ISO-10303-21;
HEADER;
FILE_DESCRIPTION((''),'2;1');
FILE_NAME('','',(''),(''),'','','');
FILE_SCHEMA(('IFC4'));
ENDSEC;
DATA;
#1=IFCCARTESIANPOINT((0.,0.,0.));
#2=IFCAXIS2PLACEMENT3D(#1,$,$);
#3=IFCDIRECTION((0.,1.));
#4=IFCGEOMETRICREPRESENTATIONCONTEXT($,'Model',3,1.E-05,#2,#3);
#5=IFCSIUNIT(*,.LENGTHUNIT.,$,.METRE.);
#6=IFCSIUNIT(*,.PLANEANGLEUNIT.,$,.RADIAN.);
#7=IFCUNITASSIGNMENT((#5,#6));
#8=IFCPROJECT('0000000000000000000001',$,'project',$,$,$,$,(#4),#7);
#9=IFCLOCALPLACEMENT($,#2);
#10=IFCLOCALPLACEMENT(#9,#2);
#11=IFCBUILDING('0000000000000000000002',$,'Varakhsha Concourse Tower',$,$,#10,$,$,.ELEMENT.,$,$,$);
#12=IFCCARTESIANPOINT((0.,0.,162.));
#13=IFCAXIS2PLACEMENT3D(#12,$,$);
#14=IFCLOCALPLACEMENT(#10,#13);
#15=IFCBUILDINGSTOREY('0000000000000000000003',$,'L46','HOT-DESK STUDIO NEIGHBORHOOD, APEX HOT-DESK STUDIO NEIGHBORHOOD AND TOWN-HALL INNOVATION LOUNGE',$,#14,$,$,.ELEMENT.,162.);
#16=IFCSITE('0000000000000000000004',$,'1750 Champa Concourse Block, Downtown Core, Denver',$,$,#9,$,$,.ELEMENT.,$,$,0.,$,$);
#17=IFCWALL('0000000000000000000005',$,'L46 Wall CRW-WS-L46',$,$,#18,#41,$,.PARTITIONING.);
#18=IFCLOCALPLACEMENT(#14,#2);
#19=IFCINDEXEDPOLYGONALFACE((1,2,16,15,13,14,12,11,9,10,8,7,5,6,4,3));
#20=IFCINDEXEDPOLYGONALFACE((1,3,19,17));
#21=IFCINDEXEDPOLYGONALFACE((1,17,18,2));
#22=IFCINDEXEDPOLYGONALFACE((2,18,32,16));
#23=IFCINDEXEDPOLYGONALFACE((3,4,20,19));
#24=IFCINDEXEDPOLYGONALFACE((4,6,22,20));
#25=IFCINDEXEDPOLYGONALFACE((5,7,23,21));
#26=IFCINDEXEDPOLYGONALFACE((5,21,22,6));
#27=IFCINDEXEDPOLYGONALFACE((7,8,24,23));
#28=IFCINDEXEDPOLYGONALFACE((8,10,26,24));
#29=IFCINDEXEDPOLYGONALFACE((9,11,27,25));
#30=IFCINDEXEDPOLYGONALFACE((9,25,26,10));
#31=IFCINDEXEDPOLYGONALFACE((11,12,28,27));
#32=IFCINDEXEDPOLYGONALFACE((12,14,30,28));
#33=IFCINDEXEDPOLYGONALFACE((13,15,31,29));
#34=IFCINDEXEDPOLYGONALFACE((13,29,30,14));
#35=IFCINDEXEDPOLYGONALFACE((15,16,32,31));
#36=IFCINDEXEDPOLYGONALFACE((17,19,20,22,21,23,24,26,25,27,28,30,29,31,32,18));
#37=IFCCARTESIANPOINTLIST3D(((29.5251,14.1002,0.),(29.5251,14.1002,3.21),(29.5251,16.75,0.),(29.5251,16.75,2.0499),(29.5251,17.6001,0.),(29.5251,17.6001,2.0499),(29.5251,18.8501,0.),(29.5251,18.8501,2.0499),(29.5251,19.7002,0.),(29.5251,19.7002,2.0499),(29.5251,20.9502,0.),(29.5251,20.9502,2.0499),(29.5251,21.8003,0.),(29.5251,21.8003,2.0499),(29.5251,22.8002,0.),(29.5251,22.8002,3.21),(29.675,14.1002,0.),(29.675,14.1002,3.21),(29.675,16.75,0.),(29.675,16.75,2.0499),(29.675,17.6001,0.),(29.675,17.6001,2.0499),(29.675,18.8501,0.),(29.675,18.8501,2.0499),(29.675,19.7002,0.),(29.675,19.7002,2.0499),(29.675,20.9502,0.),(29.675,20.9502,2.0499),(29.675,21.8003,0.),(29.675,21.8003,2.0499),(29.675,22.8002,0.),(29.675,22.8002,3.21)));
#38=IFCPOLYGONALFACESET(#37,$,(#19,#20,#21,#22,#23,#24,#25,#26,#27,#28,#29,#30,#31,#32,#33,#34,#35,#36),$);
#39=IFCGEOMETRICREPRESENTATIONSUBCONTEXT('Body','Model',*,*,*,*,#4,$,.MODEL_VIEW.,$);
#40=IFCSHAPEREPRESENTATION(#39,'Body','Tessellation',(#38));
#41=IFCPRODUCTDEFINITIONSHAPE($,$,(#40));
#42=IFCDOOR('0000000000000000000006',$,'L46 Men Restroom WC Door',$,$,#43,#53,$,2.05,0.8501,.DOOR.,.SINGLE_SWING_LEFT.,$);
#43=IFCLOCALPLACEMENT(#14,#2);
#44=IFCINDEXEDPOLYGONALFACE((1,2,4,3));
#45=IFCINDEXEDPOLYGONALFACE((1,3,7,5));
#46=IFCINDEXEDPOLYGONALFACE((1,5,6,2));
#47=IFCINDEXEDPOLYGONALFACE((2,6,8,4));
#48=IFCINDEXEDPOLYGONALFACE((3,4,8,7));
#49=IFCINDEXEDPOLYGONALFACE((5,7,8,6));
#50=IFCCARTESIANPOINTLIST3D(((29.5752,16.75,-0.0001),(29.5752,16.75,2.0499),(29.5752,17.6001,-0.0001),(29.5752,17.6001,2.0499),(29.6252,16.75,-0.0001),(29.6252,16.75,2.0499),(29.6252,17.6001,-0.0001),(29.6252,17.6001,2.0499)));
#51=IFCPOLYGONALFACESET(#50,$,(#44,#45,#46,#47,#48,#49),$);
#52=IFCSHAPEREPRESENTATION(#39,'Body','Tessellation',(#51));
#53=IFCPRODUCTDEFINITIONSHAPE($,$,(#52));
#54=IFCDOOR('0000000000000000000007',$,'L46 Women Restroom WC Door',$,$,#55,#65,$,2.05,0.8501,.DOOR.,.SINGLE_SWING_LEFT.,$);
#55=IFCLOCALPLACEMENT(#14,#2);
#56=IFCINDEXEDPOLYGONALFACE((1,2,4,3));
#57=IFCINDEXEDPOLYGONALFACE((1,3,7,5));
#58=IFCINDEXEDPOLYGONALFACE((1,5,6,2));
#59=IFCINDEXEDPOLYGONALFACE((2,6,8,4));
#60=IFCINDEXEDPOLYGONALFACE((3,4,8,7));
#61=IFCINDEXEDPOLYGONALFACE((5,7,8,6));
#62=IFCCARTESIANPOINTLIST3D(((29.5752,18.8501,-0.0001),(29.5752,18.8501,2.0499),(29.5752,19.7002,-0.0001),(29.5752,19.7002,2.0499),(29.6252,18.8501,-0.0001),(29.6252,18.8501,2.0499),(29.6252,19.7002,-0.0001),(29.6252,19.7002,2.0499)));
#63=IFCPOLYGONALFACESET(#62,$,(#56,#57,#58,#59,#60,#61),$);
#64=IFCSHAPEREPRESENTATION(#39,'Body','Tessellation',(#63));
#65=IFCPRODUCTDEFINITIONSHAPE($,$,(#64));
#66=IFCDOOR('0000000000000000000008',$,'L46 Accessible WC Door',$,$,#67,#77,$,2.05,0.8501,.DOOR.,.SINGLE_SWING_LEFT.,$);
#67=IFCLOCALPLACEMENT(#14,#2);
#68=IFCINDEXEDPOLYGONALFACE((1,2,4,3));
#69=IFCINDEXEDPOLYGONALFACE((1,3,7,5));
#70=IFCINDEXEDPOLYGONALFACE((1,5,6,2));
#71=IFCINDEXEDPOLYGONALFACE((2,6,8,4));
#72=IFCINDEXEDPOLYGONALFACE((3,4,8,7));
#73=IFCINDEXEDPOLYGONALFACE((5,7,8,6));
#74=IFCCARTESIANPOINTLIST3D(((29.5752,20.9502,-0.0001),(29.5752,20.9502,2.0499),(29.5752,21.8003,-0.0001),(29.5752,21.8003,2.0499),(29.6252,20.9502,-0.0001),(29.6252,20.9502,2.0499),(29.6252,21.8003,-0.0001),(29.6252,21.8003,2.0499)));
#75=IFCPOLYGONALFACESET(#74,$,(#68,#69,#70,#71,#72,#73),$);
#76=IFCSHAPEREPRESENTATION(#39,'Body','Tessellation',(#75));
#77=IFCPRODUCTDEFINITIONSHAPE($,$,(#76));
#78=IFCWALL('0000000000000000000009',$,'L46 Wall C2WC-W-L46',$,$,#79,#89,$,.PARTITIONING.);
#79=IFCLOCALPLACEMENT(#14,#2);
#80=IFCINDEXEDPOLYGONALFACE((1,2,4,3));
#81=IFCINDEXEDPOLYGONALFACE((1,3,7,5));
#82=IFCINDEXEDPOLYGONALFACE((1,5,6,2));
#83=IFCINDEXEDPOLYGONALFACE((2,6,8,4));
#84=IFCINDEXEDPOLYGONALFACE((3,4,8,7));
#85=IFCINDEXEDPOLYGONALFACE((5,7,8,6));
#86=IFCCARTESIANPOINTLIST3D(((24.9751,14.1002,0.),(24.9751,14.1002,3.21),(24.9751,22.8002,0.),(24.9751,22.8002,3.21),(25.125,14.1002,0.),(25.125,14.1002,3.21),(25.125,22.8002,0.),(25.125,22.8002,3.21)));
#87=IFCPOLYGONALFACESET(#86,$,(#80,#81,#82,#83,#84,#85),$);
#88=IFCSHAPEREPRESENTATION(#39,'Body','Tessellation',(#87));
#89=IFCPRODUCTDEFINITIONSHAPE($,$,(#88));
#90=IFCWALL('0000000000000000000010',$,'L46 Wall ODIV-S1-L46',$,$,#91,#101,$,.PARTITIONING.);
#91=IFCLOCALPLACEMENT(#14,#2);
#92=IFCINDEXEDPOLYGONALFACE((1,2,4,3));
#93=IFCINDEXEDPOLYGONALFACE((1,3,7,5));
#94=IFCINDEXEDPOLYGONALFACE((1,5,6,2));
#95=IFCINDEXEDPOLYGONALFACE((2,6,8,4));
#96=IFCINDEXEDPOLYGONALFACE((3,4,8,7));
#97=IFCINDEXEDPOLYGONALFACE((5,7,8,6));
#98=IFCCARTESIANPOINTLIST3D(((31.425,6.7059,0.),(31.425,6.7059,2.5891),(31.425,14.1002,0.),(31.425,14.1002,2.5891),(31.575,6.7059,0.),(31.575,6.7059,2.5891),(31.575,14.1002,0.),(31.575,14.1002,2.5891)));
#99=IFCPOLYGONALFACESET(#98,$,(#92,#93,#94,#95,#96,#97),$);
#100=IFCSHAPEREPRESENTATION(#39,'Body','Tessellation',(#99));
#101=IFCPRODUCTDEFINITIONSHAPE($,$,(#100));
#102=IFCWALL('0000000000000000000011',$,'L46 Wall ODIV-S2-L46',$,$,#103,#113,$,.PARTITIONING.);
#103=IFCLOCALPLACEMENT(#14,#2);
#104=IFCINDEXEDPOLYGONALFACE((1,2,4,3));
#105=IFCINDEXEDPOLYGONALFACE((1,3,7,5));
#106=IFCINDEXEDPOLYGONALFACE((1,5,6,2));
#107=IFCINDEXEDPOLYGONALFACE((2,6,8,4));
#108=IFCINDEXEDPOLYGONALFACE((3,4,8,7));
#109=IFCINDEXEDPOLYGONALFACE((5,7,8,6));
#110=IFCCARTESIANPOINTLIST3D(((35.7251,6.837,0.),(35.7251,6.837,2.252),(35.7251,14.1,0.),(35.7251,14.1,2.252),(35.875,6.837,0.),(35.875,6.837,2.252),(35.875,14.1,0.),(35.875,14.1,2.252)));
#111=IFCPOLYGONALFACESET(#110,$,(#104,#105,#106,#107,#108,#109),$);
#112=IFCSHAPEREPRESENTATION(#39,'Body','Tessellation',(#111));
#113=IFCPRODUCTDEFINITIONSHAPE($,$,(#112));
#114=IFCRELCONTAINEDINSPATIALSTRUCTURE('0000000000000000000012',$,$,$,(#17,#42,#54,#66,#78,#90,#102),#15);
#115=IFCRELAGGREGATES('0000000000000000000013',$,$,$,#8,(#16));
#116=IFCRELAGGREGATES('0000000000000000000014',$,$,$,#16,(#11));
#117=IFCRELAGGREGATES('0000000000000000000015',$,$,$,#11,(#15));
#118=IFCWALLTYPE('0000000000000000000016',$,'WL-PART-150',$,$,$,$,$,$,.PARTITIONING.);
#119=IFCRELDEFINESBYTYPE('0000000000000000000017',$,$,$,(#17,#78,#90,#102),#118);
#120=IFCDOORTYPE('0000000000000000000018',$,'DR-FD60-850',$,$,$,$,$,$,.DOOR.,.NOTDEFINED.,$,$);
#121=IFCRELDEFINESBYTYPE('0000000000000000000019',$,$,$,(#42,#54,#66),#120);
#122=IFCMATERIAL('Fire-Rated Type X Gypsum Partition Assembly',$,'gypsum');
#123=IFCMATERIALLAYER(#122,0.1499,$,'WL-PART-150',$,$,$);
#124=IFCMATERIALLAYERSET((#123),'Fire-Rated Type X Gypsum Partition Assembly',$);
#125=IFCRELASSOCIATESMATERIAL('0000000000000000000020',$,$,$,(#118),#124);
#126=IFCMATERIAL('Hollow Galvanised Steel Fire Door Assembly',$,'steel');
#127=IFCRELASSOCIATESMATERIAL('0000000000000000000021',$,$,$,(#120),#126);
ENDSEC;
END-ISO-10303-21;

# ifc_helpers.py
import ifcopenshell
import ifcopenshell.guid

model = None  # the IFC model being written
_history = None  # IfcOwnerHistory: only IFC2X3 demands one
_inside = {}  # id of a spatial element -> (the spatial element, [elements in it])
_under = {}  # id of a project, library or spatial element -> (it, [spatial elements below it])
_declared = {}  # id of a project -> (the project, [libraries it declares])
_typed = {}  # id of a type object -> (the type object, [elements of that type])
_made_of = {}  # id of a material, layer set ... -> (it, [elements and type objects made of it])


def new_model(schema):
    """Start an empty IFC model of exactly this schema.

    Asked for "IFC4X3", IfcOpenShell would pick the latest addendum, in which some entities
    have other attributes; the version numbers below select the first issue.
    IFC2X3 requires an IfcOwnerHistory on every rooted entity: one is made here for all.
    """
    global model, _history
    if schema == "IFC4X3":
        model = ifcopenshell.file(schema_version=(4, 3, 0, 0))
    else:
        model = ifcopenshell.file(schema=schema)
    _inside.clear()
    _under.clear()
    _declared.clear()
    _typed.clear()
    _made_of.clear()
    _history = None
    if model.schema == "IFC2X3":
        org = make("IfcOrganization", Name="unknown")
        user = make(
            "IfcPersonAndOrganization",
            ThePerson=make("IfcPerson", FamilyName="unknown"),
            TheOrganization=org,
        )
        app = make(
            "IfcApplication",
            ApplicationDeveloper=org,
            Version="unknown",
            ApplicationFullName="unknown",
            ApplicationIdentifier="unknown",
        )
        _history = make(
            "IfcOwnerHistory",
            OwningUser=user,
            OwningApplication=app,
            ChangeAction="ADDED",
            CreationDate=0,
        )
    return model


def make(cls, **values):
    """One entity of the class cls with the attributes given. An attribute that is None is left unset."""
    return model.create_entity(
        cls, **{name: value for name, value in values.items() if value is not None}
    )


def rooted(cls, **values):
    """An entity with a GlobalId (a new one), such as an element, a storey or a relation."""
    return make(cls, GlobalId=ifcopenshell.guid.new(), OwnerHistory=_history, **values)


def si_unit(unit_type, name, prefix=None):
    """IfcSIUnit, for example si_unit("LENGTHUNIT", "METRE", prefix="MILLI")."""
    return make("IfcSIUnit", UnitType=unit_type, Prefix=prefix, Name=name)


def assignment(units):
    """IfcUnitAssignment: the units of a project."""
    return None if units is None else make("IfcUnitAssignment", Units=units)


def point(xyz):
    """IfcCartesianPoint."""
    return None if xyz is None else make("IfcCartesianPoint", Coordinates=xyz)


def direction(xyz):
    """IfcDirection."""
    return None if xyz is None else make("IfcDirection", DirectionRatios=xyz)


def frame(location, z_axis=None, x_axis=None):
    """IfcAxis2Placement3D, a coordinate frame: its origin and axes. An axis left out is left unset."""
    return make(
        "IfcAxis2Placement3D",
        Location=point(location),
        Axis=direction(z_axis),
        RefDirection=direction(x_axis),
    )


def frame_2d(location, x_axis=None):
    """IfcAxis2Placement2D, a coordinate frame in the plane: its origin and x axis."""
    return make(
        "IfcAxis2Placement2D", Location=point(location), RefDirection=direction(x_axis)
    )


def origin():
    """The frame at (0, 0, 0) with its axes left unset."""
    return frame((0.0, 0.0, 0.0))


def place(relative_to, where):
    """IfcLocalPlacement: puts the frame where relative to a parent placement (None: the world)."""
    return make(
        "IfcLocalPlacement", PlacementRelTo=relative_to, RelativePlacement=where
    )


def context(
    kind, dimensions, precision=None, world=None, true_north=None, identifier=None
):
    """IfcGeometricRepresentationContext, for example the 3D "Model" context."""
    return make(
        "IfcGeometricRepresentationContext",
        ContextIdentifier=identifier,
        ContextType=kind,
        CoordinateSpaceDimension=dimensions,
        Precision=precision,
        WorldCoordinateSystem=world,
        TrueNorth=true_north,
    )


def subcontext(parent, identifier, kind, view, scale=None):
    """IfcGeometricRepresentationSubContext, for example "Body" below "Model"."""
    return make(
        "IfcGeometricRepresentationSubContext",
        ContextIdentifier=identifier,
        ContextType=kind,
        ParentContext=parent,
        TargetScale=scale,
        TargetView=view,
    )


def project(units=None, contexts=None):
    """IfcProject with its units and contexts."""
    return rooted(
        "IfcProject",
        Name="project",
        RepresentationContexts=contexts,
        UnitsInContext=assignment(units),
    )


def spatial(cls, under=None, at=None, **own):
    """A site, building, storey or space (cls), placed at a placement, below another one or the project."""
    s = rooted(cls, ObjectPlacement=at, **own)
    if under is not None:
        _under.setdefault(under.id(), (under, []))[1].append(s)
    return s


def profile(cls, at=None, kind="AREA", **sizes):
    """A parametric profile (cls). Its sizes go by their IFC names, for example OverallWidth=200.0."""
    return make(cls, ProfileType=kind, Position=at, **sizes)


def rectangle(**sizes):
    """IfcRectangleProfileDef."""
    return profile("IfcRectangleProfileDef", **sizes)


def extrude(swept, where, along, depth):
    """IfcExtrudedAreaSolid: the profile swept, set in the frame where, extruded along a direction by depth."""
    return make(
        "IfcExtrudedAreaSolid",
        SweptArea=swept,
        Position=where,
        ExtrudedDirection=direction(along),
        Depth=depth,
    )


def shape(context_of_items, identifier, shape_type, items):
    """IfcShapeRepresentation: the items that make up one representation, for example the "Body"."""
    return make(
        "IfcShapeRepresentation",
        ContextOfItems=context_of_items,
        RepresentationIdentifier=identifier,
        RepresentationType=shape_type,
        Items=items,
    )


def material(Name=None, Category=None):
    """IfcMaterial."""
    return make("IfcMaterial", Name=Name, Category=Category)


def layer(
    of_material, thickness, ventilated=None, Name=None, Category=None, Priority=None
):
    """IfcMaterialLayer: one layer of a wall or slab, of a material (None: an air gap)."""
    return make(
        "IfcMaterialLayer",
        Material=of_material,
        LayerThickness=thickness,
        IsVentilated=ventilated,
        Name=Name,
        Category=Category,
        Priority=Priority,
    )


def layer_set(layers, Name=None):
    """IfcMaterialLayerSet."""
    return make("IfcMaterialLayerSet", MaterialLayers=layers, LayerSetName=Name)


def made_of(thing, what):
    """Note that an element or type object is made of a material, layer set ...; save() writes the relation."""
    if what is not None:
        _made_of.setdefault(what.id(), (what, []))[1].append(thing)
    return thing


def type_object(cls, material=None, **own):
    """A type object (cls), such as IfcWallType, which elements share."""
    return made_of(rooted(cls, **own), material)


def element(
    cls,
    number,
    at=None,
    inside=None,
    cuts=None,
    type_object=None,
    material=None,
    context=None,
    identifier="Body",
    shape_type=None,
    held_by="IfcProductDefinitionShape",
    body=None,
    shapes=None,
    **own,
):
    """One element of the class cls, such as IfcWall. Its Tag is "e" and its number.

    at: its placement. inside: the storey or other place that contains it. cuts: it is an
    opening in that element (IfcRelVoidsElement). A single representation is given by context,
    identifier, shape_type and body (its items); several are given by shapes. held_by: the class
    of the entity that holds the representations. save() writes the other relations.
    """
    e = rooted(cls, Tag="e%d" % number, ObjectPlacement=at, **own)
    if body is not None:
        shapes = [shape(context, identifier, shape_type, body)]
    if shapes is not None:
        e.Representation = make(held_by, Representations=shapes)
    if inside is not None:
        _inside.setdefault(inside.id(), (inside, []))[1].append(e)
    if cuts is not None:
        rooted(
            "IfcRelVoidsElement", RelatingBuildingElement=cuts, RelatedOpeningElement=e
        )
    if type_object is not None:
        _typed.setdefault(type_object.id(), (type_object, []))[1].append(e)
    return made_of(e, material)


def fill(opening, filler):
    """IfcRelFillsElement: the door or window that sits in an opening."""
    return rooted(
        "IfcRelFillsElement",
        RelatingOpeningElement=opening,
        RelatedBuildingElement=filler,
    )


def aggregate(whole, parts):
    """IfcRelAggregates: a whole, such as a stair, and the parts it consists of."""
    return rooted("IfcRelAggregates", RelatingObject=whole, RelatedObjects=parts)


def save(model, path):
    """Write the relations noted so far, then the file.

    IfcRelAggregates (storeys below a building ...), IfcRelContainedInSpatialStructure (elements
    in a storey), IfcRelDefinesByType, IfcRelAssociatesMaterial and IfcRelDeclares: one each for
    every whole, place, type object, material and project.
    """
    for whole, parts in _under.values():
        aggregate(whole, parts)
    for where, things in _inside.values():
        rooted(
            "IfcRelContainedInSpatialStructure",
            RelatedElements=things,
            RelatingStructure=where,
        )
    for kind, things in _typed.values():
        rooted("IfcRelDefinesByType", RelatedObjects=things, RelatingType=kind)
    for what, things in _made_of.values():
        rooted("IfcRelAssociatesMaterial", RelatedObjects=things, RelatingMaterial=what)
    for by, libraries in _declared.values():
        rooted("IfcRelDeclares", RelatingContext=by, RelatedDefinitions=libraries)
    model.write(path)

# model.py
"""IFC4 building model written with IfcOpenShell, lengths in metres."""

from ifc_helpers import new_model, si_unit, direction, frame, frame_2d, origin, place, context, subcontext, project, spatial, rectangle, extrude, material, layer, layer_set, type_object, element, fill, save


model = new_model("IFC4")

# Units and contexts
model_context = context("Model", 3, precision=1e-05, world=origin(), true_north=direction((0.0, 1.0)))
body_context = subcontext(model_context, "Body", "Model", "MODEL_VIEW")
ifc_project = project(units=[si_unit("LENGTHUNIT", "METRE"), si_unit("PLANEANGLEUNIT", "RADIAN")], contexts=[model_context])

# Site, building, storey
site_placement = place(None, origin())
site = spatial("IfcSite", under=ifc_project, at=site_placement, Name="1750 Champa Concourse Block, Downtown Core, Denver", CompositionType="ELEMENT", RefElevation=0.0)
building_placement = place(site_placement, origin())
building = spatial("IfcBuilding", under=site, at=building_placement, Name="Varakhsha Concourse Tower", CompositionType="ELEMENT")
storey_placement = place(building_placement, frame((0.0, 0.0, 162.0)))
storey = spatial("IfcBuildingStorey", under=building, at=storey_placement, Name="L46", Description="HOT-DESK STUDIO NEIGHBORHOOD, APEX HOT-DESK STUDIO NEIGHBORHOOD AND TOWN-HALL INNOVATION LOUNGE", CompositionType="ELEMENT", Elevation=162.0)

# Wall, openings, doors
ifc_material_1 = material(Name="Fire-Rated Type X Gypsum Partition Assembly", Category="gypsum")
ifc_layer_1 = layer(ifc_material_1, 0.1499, Name="WL-PART-150")
ifc_layer_set_1 = layer_set([ifc_layer_1], Name="Fire-Rated Type X Gypsum Partition Assembly")
wall_type = type_object("IfcWallType", Name="WL-PART-150", PredefinedType="PARTITIONING", material=ifc_layer_set_1)
ifc_material_2 = material(Name="Hollow Galvanised Steel Fire Door Assembly", Category="steel")
wall_1_placement = place(storey_placement, frame((29.6001, 14.1001, 0.0), z_axis=(0.0, 0.0, 1.0), x_axis=(0.0, 1.0, 0.0)))
wall_1 = element("IfcWall", 1, at=wall_1_placement, inside=storey, type_object=wall_type, Name="L46 Wall CRW-WS-L46", PredefinedType="PARTITIONING", context=body_context, shape_type="SweptSolid", body=[
    extrude(rectangle(XDim=8.7, YDim=0.1499, at=frame_2d((4.3501, 0.0))), origin(), (0.0, 0.0, 1.0), 3.21),
])
opening_1_placement = place(wall_1_placement, frame((2.6499, 0.0, 0.0)))
opening_1 = element("IfcOpeningElement", 2, at=opening_1_placement, cuts=wall_1, PredefinedType="OPENING", context=body_context, shape_type="SweptSolid", body=[
    extrude(rectangle(XDim=0.8501, YDim=2.05, at=frame_2d((0.425, 1.0249))), frame((0.0, 0.085, 0.0), z_axis=(0.0, -1.0, 0.0), x_axis=(1.0, 0.0, 0.0)), (0.0, 0.0, 1.0), 0.1699),
])
opening_2_placement = place(wall_1_placement, frame((4.75, 0.0, 0.0)))
opening_2 = element("IfcOpeningElement", 3, at=opening_2_placement, cuts=wall_1, PredefinedType="OPENING", context=body_context, shape_type="SweptSolid", body=[
    extrude(rectangle(XDim=0.8501, YDim=2.05, at=frame_2d((0.425, 1.0249))), frame((0.0, 0.085, 0.0), z_axis=(0.0, -1.0, 0.0), x_axis=(1.0, 0.0, 0.0)), (0.0, 0.0, 1.0), 0.1699),
])
opening_3_placement = place(wall_1_placement, frame((6.8501, 0.0, 0.0)))
opening_3 = element("IfcOpeningElement", 4, at=opening_3_placement, cuts=wall_1, PredefinedType="OPENING", context=body_context, shape_type="SweptSolid", body=[
    extrude(rectangle(XDim=0.8501, YDim=2.05, at=frame_2d((0.425, 1.0249))), frame((0.0, 0.085, 0.0), z_axis=(0.0, -1.0, 0.0), x_axis=(1.0, 0.0, 0.0)), (0.0, 0.0, 1.0), 0.1699),
])
door_type_1 = type_object("IfcDoorType", Name="DR-FD60-850", OperationType="NOTDEFINED", PredefinedType="DOOR", material=ifc_material_2)
door_1_placement = place(opening_1_placement, origin())
door_1 = element("IfcDoor", 5, at=door_1_placement, inside=storey, type_object=door_type_1, Name="L46 Men Restroom WC Door", OperationType="SINGLE_SWING_LEFT", OverallHeight=2.05, OverallWidth=0.8501, PredefinedType="DOOR", context=body_context, shape_type="SweptSolid", body=[
    extrude(rectangle(XDim=0.8501, YDim=2.05, at=frame_2d((0.425, 1.0249))), frame((0.0, 0.0249, 0.0), z_axis=(0.0, -1.0, 0.0), x_axis=(1.0, 0.0, 0.0)), (0.0, 0.0, 1.0), 0.05),
])
fill(opening_1, door_1)
door_2_placement = place(opening_2_placement, origin())
door_2 = element("IfcDoor", 6, at=door_2_placement, inside=storey, type_object=door_type_1, Name="L46 Women Restroom WC Door", OperationType="SINGLE_SWING_LEFT", OverallHeight=2.05, OverallWidth=0.8501, PredefinedType="DOOR", context=body_context, shape_type="SweptSolid", body=[
    extrude(rectangle(XDim=0.8501, YDim=2.05, at=frame_2d((0.425, 1.0249))), frame((0.0, 0.0249, 0.0), z_axis=(0.0, -1.0, 0.0), x_axis=(1.0, 0.0, 0.0)), (0.0, 0.0, 1.0), 0.05),
])
fill(opening_2, door_2)
door_3_placement = place(opening_3_placement, origin())
door_3 = element("IfcDoor", 7, at=door_3_placement, inside=storey, type_object=door_type_1, Name="L46 Accessible WC Door", OperationType="SINGLE_SWING_LEFT", OverallHeight=2.05, OverallWidth=0.8501, PredefinedType="DOOR", context=body_context, shape_type="SweptSolid", body=[
    extrude(rectangle(XDim=0.8501, YDim=2.05, at=frame_2d((0.425, 1.0249))), frame((0.0, 0.0249, 0.0), z_axis=(0.0, -1.0, 0.0), x_axis=(1.0, 0.0, 0.0)), (0.0, 0.0, 1.0), 0.05),
])
fill(opening_3, door_3)

# Walls
wall_2_placement = place(storey_placement, frame((25.05, 14.1001, 0.0), z_axis=(0.0, 0.0, 1.0), x_axis=(0.0, 1.0, 0.0)))
element("IfcWall", 8, at=wall_2_placement, inside=storey, type_object=wall_type, Name="L46 Wall C2WC-W-L46", PredefinedType="PARTITIONING", context=body_context, shape_type="SweptSolid", body=[
    extrude(rectangle(XDim=8.7, YDim=0.1499, at=frame_2d((4.3501, 0.0))), origin(), (0.0, 0.0, 1.0), 3.21),
])
wall_3_placement = place(storey_placement, frame((31.5, 6.7058, 0.0), z_axis=(0.0, 0.0, 1.0), x_axis=(0.0, 1.0, 0.0)))
element("IfcWall", 9, at=wall_3_placement, inside=storey, type_object=wall_type, Name="L46 Wall ODIV-S1-L46", PredefinedType="PARTITIONING", context=body_context, shape_type="SweptSolid", body=[
    extrude(rectangle(XDim=7.3943, YDim=0.1499, at=frame_2d((3.6973, 0.0))), origin(), (0.0, 0.0, 1.0), 2.5891),
])
wall_4_placement = place(storey_placement, frame((35.8, 6.8372, 0.0), z_axis=(0.0, 0.0, 1.0), x_axis=(0.0, 1.0, 0.0)))
element("IfcWall", 10, at=wall_4_placement, inside=storey, type_object=wall_type, Name="L46 Wall ODIV-S2-L46", PredefinedType="PARTITIONING", context=body_context, shape_type="SweptSolid", body=[
    extrude(rectangle(XDim=7.2629, YDim=0.1499, at=frame_2d((3.6313, 0.0))), origin(), (0.0, 0.0, 1.0), 2.252),
])

save(model, "model.ifc")
